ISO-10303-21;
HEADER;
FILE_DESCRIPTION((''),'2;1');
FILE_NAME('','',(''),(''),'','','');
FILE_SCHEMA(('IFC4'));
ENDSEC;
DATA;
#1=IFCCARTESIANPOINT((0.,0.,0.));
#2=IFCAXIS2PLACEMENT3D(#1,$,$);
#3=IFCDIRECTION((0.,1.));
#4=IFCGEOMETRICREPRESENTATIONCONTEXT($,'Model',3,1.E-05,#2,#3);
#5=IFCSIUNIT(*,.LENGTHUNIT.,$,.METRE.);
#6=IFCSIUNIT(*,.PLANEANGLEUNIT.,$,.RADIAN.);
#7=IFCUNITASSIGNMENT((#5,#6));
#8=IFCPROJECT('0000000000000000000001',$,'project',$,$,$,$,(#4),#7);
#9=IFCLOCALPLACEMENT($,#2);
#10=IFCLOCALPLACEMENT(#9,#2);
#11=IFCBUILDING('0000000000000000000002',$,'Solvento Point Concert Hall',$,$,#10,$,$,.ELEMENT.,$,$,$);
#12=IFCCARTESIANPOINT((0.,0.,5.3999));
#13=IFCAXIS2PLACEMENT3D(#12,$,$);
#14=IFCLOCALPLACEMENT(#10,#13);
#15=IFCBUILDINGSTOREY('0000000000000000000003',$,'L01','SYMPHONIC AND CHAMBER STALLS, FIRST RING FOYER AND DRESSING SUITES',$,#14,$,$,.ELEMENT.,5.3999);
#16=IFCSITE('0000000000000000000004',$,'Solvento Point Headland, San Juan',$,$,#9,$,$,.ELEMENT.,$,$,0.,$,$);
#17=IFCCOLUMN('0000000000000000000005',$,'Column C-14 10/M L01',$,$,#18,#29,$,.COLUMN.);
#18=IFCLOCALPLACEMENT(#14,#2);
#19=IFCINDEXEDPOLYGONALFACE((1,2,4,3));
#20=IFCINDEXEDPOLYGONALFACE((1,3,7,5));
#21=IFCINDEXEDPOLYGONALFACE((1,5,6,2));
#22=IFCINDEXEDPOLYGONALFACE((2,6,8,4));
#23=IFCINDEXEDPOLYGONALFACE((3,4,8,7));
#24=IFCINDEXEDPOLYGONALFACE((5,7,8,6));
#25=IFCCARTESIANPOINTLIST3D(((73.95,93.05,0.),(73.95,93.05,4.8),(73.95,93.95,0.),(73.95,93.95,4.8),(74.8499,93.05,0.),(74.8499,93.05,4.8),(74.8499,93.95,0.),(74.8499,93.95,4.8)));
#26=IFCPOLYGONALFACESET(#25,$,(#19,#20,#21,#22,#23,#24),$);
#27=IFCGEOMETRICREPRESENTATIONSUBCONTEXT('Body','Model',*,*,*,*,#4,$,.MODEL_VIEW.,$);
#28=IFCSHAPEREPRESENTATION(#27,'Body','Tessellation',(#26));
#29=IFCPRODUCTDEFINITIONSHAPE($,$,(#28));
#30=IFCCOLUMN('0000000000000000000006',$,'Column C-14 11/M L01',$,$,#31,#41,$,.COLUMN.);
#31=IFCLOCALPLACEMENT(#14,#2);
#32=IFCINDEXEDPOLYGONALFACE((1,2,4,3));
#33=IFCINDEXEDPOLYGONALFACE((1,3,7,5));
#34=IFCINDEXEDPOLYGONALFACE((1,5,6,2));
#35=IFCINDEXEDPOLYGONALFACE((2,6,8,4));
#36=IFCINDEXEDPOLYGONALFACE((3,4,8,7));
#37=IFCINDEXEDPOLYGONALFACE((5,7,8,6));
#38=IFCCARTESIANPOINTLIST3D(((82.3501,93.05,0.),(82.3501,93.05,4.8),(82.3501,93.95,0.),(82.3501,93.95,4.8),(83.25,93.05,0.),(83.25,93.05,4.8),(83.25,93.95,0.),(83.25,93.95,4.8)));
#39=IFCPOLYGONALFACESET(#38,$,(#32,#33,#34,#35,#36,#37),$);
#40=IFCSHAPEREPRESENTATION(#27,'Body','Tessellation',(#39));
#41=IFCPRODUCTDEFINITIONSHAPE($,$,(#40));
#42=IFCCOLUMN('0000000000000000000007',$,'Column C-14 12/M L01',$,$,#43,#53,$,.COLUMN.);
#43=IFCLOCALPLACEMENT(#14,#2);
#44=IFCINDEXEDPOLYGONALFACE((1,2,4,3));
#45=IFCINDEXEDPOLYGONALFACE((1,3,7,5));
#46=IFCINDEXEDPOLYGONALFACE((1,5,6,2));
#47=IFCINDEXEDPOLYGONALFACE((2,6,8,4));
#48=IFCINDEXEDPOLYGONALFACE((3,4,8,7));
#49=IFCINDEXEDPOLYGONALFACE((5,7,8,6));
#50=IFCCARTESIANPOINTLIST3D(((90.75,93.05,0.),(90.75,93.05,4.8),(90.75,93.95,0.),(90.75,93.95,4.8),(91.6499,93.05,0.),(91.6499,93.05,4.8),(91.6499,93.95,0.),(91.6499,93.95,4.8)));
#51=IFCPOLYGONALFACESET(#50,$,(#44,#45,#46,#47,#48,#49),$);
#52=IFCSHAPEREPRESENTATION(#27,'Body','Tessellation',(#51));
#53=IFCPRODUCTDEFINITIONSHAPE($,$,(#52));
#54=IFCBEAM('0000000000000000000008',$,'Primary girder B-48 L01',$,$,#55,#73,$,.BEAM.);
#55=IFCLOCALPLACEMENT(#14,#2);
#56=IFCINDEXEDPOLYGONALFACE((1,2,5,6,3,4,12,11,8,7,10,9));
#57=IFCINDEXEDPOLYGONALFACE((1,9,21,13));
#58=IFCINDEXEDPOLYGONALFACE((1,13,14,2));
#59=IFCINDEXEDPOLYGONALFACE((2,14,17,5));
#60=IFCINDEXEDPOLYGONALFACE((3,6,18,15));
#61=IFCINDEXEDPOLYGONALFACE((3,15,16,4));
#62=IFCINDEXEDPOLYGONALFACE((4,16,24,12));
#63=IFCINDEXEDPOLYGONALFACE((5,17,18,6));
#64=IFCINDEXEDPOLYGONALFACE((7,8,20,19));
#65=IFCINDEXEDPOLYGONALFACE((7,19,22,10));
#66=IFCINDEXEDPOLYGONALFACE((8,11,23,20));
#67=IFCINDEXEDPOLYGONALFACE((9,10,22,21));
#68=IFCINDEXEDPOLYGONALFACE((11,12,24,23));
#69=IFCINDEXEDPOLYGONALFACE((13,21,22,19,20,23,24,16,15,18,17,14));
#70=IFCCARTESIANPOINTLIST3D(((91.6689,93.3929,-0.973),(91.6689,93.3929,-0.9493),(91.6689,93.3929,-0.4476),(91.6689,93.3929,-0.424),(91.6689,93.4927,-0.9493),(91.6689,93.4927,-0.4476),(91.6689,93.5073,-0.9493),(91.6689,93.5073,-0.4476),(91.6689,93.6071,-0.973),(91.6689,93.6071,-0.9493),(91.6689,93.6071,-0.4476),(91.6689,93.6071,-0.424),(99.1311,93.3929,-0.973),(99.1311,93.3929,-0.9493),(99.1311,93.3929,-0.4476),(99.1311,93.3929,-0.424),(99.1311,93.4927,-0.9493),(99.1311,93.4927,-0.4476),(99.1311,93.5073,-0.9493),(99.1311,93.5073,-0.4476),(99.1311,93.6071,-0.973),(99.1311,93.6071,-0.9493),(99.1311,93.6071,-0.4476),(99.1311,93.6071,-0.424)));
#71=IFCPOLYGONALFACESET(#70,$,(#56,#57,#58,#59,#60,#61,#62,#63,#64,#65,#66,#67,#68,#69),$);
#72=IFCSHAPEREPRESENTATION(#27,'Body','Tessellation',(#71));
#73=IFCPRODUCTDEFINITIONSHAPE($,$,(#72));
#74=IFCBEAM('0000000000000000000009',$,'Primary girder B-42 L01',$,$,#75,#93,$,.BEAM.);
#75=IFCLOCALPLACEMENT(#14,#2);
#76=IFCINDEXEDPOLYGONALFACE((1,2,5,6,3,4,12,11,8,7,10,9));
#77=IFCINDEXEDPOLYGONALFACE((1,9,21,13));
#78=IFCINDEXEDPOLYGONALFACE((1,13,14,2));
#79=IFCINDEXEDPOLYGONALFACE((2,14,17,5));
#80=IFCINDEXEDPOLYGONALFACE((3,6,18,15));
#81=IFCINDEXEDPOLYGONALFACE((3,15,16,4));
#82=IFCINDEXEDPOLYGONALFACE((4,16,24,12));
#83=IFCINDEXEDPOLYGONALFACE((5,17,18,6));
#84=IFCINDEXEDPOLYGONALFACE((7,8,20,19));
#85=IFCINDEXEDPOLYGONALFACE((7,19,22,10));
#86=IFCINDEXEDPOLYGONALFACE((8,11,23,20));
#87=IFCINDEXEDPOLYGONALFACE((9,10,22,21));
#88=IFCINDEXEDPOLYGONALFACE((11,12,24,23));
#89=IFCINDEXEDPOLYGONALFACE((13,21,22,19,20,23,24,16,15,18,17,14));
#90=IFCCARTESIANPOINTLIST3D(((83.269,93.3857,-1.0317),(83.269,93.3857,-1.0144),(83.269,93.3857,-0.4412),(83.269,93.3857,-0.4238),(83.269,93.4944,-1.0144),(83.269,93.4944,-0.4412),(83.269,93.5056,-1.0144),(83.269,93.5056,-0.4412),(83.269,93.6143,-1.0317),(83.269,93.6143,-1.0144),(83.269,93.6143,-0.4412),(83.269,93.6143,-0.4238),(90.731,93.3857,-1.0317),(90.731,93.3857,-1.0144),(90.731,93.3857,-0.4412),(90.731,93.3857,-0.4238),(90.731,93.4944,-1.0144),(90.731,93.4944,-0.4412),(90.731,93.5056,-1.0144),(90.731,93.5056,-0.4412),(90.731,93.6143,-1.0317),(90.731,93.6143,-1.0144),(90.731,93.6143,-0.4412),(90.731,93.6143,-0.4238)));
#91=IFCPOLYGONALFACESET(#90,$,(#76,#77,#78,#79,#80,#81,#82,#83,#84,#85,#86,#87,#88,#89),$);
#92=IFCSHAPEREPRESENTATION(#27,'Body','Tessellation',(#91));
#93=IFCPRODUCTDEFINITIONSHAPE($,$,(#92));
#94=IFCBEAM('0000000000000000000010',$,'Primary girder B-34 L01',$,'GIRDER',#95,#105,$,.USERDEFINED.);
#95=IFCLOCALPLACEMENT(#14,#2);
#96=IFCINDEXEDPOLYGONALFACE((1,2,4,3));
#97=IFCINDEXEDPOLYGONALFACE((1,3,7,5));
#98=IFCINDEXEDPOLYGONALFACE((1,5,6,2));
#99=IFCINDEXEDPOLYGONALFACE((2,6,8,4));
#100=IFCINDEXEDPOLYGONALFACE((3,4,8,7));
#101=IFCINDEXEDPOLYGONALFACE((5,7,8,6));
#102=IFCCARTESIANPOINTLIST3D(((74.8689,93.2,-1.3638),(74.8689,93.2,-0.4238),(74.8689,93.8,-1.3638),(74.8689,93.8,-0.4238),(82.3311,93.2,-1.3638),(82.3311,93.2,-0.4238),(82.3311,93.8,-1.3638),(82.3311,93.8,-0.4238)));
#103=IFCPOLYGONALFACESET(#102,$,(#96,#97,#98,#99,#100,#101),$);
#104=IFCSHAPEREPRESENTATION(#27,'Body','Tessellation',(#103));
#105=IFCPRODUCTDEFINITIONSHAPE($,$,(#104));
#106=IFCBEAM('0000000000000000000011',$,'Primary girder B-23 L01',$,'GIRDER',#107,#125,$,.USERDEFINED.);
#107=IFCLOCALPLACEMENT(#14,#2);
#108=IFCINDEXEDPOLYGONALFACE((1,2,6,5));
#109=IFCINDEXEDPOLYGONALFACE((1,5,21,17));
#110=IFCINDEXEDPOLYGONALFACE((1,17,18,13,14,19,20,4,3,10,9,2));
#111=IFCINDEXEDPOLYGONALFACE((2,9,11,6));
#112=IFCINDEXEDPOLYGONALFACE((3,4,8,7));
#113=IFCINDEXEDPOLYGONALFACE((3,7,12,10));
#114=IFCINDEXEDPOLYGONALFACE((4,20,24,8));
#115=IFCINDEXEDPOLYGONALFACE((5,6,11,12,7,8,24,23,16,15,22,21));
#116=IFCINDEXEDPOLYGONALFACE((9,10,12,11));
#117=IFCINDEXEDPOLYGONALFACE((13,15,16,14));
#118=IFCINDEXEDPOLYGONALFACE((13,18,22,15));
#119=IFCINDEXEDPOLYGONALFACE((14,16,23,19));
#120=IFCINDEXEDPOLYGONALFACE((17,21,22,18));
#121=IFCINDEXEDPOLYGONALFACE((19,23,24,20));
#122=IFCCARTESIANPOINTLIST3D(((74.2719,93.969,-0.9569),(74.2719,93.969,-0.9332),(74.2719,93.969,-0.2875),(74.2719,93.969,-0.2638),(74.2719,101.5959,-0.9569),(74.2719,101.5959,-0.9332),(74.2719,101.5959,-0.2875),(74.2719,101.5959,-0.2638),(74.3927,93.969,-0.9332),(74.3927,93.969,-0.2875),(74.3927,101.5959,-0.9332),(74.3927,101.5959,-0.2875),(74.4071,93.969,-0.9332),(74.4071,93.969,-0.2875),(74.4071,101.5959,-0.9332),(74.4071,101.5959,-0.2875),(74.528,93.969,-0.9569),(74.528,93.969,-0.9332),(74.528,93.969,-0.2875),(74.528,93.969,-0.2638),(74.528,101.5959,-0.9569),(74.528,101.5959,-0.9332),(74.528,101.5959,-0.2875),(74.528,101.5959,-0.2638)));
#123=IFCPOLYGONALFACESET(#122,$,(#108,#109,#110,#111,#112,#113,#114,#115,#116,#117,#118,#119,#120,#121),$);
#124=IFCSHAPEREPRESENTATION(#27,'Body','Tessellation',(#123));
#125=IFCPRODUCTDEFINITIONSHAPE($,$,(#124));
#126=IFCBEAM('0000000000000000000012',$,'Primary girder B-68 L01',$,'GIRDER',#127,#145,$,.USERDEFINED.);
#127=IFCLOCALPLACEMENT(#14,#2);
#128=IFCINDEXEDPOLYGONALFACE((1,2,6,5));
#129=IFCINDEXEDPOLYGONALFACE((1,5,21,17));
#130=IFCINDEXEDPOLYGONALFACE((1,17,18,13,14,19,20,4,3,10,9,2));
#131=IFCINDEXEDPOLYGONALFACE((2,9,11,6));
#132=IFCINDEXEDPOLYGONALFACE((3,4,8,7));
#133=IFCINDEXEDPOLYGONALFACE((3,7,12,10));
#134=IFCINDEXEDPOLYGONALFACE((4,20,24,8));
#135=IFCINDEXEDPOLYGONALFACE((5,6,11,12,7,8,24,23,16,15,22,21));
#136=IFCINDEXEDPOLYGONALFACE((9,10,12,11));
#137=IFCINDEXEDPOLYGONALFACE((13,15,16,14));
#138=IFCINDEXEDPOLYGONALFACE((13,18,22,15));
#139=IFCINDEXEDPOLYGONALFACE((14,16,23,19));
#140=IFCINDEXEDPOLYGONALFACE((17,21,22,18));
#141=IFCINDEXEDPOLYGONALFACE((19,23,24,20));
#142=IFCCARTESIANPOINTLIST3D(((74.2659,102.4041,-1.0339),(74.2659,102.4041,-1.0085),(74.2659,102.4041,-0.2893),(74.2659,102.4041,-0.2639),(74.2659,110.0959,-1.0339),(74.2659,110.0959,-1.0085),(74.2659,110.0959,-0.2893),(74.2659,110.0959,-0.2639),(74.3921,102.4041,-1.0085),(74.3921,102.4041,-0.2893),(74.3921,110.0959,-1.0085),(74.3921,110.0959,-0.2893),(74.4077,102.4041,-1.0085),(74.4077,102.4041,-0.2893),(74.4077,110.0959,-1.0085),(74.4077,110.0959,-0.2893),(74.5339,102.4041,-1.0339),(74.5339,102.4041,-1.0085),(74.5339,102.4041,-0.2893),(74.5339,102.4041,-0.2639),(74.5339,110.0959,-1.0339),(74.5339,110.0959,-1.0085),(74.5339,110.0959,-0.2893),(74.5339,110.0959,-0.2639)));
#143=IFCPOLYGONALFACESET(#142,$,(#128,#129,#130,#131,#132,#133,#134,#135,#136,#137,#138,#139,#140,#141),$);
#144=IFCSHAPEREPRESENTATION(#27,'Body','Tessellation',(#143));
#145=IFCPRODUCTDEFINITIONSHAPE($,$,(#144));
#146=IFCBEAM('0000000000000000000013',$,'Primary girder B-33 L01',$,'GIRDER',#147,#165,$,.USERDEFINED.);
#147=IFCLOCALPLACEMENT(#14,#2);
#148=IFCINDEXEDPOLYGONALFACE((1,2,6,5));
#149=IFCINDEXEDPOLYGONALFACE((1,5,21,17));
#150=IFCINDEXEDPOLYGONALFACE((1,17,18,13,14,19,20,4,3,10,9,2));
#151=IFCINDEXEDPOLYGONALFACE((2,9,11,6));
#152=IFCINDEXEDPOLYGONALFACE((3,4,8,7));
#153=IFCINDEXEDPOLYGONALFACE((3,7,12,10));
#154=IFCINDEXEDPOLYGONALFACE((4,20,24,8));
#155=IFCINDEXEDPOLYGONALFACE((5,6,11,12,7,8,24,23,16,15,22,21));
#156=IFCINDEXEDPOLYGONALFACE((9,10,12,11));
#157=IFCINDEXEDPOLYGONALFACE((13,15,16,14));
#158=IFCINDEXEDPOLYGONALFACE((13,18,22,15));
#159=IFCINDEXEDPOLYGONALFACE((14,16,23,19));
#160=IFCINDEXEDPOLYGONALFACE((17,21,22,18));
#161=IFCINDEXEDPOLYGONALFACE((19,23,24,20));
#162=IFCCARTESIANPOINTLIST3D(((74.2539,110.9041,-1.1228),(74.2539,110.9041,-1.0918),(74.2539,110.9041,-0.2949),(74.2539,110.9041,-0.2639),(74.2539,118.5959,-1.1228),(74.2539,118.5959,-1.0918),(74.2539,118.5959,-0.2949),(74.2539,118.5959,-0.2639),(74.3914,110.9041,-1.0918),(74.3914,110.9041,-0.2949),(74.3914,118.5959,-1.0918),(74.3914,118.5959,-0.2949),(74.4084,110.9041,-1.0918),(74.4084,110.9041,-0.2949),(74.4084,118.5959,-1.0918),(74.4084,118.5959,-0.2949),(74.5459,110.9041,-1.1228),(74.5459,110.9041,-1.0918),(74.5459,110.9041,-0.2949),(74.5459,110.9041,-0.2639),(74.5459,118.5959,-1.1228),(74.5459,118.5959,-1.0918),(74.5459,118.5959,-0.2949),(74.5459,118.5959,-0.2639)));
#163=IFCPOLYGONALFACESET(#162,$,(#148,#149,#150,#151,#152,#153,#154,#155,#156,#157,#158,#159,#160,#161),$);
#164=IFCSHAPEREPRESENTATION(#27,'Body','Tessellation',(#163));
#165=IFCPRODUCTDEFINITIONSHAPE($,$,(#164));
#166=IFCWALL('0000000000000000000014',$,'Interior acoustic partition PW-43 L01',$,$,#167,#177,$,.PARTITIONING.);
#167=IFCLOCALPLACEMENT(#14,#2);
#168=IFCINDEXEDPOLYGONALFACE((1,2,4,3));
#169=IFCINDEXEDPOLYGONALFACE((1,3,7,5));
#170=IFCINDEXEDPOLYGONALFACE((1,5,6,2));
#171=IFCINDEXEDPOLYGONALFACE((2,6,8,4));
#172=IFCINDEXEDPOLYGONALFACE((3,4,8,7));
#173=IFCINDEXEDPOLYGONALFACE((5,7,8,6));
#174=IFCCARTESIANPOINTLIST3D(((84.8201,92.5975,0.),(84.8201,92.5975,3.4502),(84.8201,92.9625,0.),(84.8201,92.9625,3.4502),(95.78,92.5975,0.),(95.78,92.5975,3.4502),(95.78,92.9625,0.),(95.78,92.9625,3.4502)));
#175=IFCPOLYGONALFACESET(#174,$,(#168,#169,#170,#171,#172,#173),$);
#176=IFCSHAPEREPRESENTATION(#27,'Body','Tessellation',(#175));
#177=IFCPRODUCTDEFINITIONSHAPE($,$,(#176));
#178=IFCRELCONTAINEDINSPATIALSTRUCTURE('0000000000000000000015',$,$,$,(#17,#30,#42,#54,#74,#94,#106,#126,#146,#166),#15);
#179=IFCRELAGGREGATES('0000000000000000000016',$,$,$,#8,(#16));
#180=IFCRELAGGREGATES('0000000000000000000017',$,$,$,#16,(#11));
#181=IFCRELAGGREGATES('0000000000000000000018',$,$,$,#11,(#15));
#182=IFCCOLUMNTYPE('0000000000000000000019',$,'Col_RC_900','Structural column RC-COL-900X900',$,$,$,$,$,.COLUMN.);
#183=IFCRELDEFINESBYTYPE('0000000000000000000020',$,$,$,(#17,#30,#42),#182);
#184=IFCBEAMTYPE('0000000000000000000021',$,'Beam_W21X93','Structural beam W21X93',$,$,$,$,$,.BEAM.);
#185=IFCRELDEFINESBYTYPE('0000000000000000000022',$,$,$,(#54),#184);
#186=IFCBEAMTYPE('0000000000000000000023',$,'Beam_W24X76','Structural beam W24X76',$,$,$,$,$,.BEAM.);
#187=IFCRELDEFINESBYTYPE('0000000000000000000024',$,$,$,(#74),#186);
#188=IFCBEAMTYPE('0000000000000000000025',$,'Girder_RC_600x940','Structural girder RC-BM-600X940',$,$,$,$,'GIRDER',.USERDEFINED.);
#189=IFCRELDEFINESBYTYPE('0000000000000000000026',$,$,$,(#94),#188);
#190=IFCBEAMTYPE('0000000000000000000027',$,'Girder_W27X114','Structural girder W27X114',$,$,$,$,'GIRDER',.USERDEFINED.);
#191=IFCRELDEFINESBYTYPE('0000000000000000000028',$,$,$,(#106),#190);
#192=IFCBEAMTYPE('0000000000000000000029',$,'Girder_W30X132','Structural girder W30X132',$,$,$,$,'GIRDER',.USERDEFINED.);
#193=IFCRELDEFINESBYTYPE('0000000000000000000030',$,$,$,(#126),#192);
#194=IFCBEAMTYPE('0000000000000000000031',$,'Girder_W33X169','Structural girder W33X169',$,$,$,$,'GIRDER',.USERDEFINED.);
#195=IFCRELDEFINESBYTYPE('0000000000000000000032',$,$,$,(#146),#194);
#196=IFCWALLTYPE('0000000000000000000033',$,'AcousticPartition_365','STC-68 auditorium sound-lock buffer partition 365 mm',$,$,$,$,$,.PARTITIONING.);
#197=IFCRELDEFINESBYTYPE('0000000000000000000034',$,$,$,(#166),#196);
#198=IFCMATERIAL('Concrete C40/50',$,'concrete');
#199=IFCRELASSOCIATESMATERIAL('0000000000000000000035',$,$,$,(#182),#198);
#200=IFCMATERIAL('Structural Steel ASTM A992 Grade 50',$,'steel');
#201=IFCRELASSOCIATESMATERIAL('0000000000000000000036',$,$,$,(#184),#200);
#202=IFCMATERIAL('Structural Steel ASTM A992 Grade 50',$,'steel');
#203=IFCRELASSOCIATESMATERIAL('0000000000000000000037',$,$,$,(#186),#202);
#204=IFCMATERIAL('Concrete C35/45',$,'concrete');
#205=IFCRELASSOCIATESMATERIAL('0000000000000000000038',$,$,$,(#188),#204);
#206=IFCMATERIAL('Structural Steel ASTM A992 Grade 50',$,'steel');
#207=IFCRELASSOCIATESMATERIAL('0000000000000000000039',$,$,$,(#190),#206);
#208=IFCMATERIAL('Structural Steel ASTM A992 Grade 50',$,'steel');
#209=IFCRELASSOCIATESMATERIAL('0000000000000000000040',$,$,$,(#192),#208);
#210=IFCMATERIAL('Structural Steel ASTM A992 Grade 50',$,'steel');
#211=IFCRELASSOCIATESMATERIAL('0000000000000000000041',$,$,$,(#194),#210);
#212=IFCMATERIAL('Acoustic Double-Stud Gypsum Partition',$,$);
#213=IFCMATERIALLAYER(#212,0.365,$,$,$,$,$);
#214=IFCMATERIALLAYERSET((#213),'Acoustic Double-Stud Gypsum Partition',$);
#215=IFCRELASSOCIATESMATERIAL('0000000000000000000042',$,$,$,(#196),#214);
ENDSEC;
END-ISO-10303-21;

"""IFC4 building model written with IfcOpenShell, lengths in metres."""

from ifc_helpers import new_model, si_unit, direction, frame, frame_2d, origin, origin_2d, place, context, subcontext, project, spatial, rectangle, i_section, extrude, material, layer, layer_set, material_profile, profile_set, type_object, element, save


model = new_model("IFC4")

# Units and contexts
model_context = context("Model", 3, precision=1e-05, world=origin(), true_north=direction((0.0, 1.0)))
body_context = subcontext(model_context, "Body", "Model", "MODEL_VIEW")
ifc_project = project(units=[si_unit("LENGTHUNIT", "METRE"), si_unit("PLANEANGLEUNIT", "RADIAN")], contexts=[model_context])

# Site, building, storey
site_placement = place(None, origin())
site = spatial("IfcSite", under=ifc_project, at=site_placement, Name="Solvento Point Headland, San Juan", CompositionType="ELEMENT", RefElevation=0.0)
building_placement = place(site_placement, origin())
building = spatial("IfcBuilding", under=site, at=building_placement, Name="Solvento Point Concert Hall", CompositionType="ELEMENT")
storey_placement = place(building_placement, frame((0.0, 0.0, 5.3999)))
storey = spatial("IfcBuildingStorey", under=building, at=storey_placement, Name="L01", Description="SYMPHONIC AND CHAMBER STALLS, FIRST RING FOYER AND DRESSING SUITES", CompositionType="ELEMENT", Elevation=5.3999)

# Columns
ifc_material_1 = material(Name="Concrete C40/50", Category="concrete")
ifc_material_profile_1 = material_profile(ifc_material_1, rectangle(XDim=0.8999, YDim=0.8999, at=origin_2d()), Name="RC-COL-900X900")
ifc_profile_set_1 = profile_set([ifc_material_profile_1], Name="Concrete C40/50")
column_type = type_object("IfcColumnType", Name="Col_RC_900", Description="Structural column RC-COL-900X900", PredefinedType="COLUMN", material=ifc_profile_set_1)
for number, where, z_axis, x_axis, name in (
    (1, (74.3999, 93.5, 0.0), (0.0, 0.0, 1.0), (1.0, 0.0, 0.0), "Column C-14 10/M L01"),
    (2, (82.8, 93.5, 0.0), (0.0, 0.0, 1.0), (1.0, 0.0, 0.0), "Column C-14 11/M L01"),
    (3, (91.2, 93.5, 0.0), (0.0, 0.0, 1.0), (1.0, 0.0, 0.0), "Column C-14 12/M L01"),
):
    element("IfcColumn", number, at=place(storey_placement, frame(where, z_axis=z_axis, x_axis=x_axis)), inside=storey, type_object=column_type, Name=name, PredefinedType="COLUMN", context=body_context, shape_type="SweptSolid", body=[
        extrude(rectangle(XDim=0.8999, YDim=0.8999, at=origin_2d()), origin(), (0.0, 0.0, 1.0), 4.8),
    ])

# Beams
ifc_material_2 = material(Name="Structural Steel ASTM A992 Grade 50", Category="steel")
ifc_material_profile_2 = material_profile(ifc_material_2, i_section(OverallWidth=0.2141, OverallDepth=0.5491, WebThickness=0.0146, FlangeThickness=0.0237, at=origin_2d()), Name="W21X93")
ifc_profile_set_2 = profile_set([ifc_material_profile_2], Name="Structural Steel ASTM A992 Grade 50")
beam_type_1 = type_object("IfcBeamType", Name="Beam_W21X93", Description="Structural beam W21X93", PredefinedType="BEAM", material=ifc_profile_set_2)
beam_1_placement = place(storey_placement, frame((91.6689, 93.5, -0.6985), z_axis=(1.0, 0.0, 0.0), x_axis=(0.0, 1.0, 0.0)))
element("IfcBeam", 4, at=beam_1_placement, inside=storey, type_object=beam_type_1, Name="Primary girder B-48 L01", PredefinedType="BEAM", context=body_context, shape_type="SweptSolid", body=[
    extrude(i_section(OverallWidth=0.2141, OverallDepth=0.5491, WebThickness=0.0146, FlangeThickness=0.0237, at=origin_2d()), origin(), (0.0, 0.0, 1.0), 7.4622),
])
ifc_material_3 = material(Name="Structural Steel ASTM A992 Grade 50", Category="steel")
ifc_material_profile_3 = material_profile(ifc_material_3, i_section(OverallWidth=0.2285, OverallDepth=0.6079, WebThickness=0.0112, FlangeThickness=0.0173, at=origin_2d()), Name="W24X76")
ifc_profile_set_3 = profile_set([ifc_material_profile_3], Name="Structural Steel ASTM A992 Grade 50")
beam_type_2 = type_object("IfcBeamType", Name="Beam_W24X76", Description="Structural beam W24X76", PredefinedType="BEAM", material=ifc_profile_set_3)
beam_2_placement = place(storey_placement, frame((83.269, 93.5, -0.7278), z_axis=(1.0, 0.0, 0.0), x_axis=(0.0, 1.0, 0.0)))
element("IfcBeam", 5, at=beam_2_placement, inside=storey, type_object=beam_type_2, Name="Primary girder B-42 L01", PredefinedType="BEAM", context=body_context, shape_type="SweptSolid", body=[
    extrude(i_section(OverallWidth=0.2285, OverallDepth=0.6079, WebThickness=0.0112, FlangeThickness=0.0173, at=origin_2d()), origin(), (0.0, 0.0, 1.0), 7.4619),
])
ifc_material_4 = material(Name="Concrete C35/45", Category="concrete")
ifc_material_profile_4 = material_profile(ifc_material_4, rectangle(XDim=0.6001, YDim=0.9399, at=origin_2d()), Name="RC-BM-600X940")
ifc_profile_set_4 = profile_set([ifc_material_profile_4], Name="Concrete C35/45")
beam_type_3 = type_object("IfcBeamType", Name="Girder_RC_600x940", Description="Structural girder RC-BM-600X940", ElementType="GIRDER", PredefinedType="USERDEFINED", material=ifc_profile_set_4)
beam_3_placement = place(storey_placement, frame((74.8689, 93.5, -0.8938), z_axis=(1.0, 0.0, 0.0), x_axis=(0.0, 1.0, 0.0)))
element("IfcBeam", 6, at=beam_3_placement, inside=storey, type_object=beam_type_3, Name="Primary girder B-34 L01", ObjectType="GIRDER", PredefinedType="USERDEFINED", context=body_context, shape_type="SweptSolid", body=[
    extrude(rectangle(XDim=0.6001, YDim=0.9399, at=origin_2d()), origin(), (0.0, 0.0, 1.0), 7.4622),
])
ifc_material_5 = material(Name="Structural Steel ASTM A992 Grade 50", Category="steel")
ifc_material_profile_5 = material_profile(ifc_material_5, i_section(OverallWidth=0.2561, OverallDepth=0.6931, WebThickness=0.0144, FlangeThickness=0.0237, at=origin_2d()), Name="W27X114")
ifc_profile_set_5 = profile_set([ifc_material_profile_5], Name="Structural Steel ASTM A992 Grade 50")
beam_type_4 = type_object("IfcBeamType", Name="Girder_W27X114", Description="Structural girder W27X114", ElementType="GIRDER", PredefinedType="USERDEFINED", material=ifc_profile_set_5)
beam_4_placement = place(storey_placement, frame((74.3999, 93.969, -0.6104), z_axis=(0.0, 1.0, 0.0), x_axis=(-1.0, 0.0, 0.0)))
element("IfcBeam", 7, at=beam_4_placement, inside=storey, type_object=beam_type_4, Name="Primary girder B-23 L01", ObjectType="GIRDER", PredefinedType="USERDEFINED", context=body_context, shape_type="SweptSolid", body=[
    extrude(i_section(OverallWidth=0.2561, OverallDepth=0.6931, WebThickness=0.0144, FlangeThickness=0.0237, at=origin_2d()), origin(), (0.0, 0.0, 1.0), 7.627),
])
ifc_material_6 = material(Name="Structural Steel ASTM A992 Grade 50", Category="steel")
ifc_material_profile_6 = material_profile(ifc_material_6, i_section(OverallWidth=0.2681, OverallDepth=0.77, WebThickness=0.0156, FlangeThickness=0.0254, at=origin_2d()), Name="W30X132")
ifc_profile_set_6 = profile_set([ifc_material_profile_6], Name="Structural Steel ASTM A992 Grade 50")
beam_type_5 = type_object("IfcBeamType", Name="Girder_W30X132", Description="Structural girder W30X132", ElementType="GIRDER", PredefinedType="USERDEFINED", material=ifc_profile_set_6)
beam_5_placement = place(storey_placement, frame((74.3999, 102.4041, -0.6489), z_axis=(0.0, 1.0, 0.0), x_axis=(-1.0, 0.0, 0.0)))
element("IfcBeam", 8, at=beam_5_placement, inside=storey, type_object=beam_type_5, Name="Primary girder B-68 L01", ObjectType="GIRDER", PredefinedType="USERDEFINED", context=body_context, shape_type="SweptSolid", body=[
    extrude(i_section(OverallWidth=0.2681, OverallDepth=0.77, WebThickness=0.0156, FlangeThickness=0.0254, at=origin_2d()), origin(), (0.0, 0.0, 1.0), 7.6919),
])
ifc_material_7 = material(Name="Structural Steel ASTM A992 Grade 50", Category="steel")
ifc_material_profile_7 = material_profile(ifc_material_7, i_section(OverallWidth=0.292, OverallDepth=0.8589, WebThickness=0.0171, FlangeThickness=0.031, at=origin_2d()), Name="W33X169")
ifc_profile_set_7 = profile_set([ifc_material_profile_7], Name="Structural Steel ASTM A992 Grade 50")
beam_type_6 = type_object("IfcBeamType", Name="Girder_W33X169", Description="Structural girder W33X169", ElementType="GIRDER", PredefinedType="USERDEFINED", material=ifc_profile_set_7)
beam_6_placement = place(storey_placement, frame((74.3999, 110.9041, -0.6934), z_axis=(0.0, 1.0, 0.0), x_axis=(-1.0, 0.0, 0.0)))
element("IfcBeam", 9, at=beam_6_placement, inside=storey, type_object=beam_type_6, Name="Primary girder B-33 L01", ObjectType="GIRDER", PredefinedType="USERDEFINED", context=body_context, shape_type="SweptSolid", body=[
    extrude(i_section(OverallWidth=0.292, OverallDepth=0.8589, WebThickness=0.0171, FlangeThickness=0.031, at=origin_2d()), origin(), (0.0, 0.0, 1.0), 7.6919),
])

# Wall
ifc_material_8 = material(Name="Acoustic Double-Stud Gypsum Partition")
ifc_layer_1 = layer(ifc_material_8, 0.365)
ifc_layer_set_1 = layer_set([ifc_layer_1], Name="Acoustic Double-Stud Gypsum Partition")
wall_type_1 = type_object("IfcWallType", Name="AcousticPartition_365", Description="STC-68 auditorium sound-lock buffer partition 365 mm", PredefinedType="PARTITIONING", material=ifc_layer_set_1)
wall_1_placement = place(storey_placement, frame((84.8201, 92.78, 0.0), z_axis=(0.0, 0.0, 1.0), x_axis=(1.0, 0.0, 0.0)))
element("IfcWall", 10, at=wall_1_placement, inside=storey, type_object=wall_type_1, Name="Interior acoustic partition PW-43 L01", PredefinedType="PARTITIONING", context=body_context, shape_type="SweptSolid", body=[
    extrude(rectangle(XDim=10.96, YDim=0.365, at=frame_2d((5.48, 0.0))), origin(), (0.0, 0.0, 1.0), 3.4502),
])

save(model, "model.ifc")
